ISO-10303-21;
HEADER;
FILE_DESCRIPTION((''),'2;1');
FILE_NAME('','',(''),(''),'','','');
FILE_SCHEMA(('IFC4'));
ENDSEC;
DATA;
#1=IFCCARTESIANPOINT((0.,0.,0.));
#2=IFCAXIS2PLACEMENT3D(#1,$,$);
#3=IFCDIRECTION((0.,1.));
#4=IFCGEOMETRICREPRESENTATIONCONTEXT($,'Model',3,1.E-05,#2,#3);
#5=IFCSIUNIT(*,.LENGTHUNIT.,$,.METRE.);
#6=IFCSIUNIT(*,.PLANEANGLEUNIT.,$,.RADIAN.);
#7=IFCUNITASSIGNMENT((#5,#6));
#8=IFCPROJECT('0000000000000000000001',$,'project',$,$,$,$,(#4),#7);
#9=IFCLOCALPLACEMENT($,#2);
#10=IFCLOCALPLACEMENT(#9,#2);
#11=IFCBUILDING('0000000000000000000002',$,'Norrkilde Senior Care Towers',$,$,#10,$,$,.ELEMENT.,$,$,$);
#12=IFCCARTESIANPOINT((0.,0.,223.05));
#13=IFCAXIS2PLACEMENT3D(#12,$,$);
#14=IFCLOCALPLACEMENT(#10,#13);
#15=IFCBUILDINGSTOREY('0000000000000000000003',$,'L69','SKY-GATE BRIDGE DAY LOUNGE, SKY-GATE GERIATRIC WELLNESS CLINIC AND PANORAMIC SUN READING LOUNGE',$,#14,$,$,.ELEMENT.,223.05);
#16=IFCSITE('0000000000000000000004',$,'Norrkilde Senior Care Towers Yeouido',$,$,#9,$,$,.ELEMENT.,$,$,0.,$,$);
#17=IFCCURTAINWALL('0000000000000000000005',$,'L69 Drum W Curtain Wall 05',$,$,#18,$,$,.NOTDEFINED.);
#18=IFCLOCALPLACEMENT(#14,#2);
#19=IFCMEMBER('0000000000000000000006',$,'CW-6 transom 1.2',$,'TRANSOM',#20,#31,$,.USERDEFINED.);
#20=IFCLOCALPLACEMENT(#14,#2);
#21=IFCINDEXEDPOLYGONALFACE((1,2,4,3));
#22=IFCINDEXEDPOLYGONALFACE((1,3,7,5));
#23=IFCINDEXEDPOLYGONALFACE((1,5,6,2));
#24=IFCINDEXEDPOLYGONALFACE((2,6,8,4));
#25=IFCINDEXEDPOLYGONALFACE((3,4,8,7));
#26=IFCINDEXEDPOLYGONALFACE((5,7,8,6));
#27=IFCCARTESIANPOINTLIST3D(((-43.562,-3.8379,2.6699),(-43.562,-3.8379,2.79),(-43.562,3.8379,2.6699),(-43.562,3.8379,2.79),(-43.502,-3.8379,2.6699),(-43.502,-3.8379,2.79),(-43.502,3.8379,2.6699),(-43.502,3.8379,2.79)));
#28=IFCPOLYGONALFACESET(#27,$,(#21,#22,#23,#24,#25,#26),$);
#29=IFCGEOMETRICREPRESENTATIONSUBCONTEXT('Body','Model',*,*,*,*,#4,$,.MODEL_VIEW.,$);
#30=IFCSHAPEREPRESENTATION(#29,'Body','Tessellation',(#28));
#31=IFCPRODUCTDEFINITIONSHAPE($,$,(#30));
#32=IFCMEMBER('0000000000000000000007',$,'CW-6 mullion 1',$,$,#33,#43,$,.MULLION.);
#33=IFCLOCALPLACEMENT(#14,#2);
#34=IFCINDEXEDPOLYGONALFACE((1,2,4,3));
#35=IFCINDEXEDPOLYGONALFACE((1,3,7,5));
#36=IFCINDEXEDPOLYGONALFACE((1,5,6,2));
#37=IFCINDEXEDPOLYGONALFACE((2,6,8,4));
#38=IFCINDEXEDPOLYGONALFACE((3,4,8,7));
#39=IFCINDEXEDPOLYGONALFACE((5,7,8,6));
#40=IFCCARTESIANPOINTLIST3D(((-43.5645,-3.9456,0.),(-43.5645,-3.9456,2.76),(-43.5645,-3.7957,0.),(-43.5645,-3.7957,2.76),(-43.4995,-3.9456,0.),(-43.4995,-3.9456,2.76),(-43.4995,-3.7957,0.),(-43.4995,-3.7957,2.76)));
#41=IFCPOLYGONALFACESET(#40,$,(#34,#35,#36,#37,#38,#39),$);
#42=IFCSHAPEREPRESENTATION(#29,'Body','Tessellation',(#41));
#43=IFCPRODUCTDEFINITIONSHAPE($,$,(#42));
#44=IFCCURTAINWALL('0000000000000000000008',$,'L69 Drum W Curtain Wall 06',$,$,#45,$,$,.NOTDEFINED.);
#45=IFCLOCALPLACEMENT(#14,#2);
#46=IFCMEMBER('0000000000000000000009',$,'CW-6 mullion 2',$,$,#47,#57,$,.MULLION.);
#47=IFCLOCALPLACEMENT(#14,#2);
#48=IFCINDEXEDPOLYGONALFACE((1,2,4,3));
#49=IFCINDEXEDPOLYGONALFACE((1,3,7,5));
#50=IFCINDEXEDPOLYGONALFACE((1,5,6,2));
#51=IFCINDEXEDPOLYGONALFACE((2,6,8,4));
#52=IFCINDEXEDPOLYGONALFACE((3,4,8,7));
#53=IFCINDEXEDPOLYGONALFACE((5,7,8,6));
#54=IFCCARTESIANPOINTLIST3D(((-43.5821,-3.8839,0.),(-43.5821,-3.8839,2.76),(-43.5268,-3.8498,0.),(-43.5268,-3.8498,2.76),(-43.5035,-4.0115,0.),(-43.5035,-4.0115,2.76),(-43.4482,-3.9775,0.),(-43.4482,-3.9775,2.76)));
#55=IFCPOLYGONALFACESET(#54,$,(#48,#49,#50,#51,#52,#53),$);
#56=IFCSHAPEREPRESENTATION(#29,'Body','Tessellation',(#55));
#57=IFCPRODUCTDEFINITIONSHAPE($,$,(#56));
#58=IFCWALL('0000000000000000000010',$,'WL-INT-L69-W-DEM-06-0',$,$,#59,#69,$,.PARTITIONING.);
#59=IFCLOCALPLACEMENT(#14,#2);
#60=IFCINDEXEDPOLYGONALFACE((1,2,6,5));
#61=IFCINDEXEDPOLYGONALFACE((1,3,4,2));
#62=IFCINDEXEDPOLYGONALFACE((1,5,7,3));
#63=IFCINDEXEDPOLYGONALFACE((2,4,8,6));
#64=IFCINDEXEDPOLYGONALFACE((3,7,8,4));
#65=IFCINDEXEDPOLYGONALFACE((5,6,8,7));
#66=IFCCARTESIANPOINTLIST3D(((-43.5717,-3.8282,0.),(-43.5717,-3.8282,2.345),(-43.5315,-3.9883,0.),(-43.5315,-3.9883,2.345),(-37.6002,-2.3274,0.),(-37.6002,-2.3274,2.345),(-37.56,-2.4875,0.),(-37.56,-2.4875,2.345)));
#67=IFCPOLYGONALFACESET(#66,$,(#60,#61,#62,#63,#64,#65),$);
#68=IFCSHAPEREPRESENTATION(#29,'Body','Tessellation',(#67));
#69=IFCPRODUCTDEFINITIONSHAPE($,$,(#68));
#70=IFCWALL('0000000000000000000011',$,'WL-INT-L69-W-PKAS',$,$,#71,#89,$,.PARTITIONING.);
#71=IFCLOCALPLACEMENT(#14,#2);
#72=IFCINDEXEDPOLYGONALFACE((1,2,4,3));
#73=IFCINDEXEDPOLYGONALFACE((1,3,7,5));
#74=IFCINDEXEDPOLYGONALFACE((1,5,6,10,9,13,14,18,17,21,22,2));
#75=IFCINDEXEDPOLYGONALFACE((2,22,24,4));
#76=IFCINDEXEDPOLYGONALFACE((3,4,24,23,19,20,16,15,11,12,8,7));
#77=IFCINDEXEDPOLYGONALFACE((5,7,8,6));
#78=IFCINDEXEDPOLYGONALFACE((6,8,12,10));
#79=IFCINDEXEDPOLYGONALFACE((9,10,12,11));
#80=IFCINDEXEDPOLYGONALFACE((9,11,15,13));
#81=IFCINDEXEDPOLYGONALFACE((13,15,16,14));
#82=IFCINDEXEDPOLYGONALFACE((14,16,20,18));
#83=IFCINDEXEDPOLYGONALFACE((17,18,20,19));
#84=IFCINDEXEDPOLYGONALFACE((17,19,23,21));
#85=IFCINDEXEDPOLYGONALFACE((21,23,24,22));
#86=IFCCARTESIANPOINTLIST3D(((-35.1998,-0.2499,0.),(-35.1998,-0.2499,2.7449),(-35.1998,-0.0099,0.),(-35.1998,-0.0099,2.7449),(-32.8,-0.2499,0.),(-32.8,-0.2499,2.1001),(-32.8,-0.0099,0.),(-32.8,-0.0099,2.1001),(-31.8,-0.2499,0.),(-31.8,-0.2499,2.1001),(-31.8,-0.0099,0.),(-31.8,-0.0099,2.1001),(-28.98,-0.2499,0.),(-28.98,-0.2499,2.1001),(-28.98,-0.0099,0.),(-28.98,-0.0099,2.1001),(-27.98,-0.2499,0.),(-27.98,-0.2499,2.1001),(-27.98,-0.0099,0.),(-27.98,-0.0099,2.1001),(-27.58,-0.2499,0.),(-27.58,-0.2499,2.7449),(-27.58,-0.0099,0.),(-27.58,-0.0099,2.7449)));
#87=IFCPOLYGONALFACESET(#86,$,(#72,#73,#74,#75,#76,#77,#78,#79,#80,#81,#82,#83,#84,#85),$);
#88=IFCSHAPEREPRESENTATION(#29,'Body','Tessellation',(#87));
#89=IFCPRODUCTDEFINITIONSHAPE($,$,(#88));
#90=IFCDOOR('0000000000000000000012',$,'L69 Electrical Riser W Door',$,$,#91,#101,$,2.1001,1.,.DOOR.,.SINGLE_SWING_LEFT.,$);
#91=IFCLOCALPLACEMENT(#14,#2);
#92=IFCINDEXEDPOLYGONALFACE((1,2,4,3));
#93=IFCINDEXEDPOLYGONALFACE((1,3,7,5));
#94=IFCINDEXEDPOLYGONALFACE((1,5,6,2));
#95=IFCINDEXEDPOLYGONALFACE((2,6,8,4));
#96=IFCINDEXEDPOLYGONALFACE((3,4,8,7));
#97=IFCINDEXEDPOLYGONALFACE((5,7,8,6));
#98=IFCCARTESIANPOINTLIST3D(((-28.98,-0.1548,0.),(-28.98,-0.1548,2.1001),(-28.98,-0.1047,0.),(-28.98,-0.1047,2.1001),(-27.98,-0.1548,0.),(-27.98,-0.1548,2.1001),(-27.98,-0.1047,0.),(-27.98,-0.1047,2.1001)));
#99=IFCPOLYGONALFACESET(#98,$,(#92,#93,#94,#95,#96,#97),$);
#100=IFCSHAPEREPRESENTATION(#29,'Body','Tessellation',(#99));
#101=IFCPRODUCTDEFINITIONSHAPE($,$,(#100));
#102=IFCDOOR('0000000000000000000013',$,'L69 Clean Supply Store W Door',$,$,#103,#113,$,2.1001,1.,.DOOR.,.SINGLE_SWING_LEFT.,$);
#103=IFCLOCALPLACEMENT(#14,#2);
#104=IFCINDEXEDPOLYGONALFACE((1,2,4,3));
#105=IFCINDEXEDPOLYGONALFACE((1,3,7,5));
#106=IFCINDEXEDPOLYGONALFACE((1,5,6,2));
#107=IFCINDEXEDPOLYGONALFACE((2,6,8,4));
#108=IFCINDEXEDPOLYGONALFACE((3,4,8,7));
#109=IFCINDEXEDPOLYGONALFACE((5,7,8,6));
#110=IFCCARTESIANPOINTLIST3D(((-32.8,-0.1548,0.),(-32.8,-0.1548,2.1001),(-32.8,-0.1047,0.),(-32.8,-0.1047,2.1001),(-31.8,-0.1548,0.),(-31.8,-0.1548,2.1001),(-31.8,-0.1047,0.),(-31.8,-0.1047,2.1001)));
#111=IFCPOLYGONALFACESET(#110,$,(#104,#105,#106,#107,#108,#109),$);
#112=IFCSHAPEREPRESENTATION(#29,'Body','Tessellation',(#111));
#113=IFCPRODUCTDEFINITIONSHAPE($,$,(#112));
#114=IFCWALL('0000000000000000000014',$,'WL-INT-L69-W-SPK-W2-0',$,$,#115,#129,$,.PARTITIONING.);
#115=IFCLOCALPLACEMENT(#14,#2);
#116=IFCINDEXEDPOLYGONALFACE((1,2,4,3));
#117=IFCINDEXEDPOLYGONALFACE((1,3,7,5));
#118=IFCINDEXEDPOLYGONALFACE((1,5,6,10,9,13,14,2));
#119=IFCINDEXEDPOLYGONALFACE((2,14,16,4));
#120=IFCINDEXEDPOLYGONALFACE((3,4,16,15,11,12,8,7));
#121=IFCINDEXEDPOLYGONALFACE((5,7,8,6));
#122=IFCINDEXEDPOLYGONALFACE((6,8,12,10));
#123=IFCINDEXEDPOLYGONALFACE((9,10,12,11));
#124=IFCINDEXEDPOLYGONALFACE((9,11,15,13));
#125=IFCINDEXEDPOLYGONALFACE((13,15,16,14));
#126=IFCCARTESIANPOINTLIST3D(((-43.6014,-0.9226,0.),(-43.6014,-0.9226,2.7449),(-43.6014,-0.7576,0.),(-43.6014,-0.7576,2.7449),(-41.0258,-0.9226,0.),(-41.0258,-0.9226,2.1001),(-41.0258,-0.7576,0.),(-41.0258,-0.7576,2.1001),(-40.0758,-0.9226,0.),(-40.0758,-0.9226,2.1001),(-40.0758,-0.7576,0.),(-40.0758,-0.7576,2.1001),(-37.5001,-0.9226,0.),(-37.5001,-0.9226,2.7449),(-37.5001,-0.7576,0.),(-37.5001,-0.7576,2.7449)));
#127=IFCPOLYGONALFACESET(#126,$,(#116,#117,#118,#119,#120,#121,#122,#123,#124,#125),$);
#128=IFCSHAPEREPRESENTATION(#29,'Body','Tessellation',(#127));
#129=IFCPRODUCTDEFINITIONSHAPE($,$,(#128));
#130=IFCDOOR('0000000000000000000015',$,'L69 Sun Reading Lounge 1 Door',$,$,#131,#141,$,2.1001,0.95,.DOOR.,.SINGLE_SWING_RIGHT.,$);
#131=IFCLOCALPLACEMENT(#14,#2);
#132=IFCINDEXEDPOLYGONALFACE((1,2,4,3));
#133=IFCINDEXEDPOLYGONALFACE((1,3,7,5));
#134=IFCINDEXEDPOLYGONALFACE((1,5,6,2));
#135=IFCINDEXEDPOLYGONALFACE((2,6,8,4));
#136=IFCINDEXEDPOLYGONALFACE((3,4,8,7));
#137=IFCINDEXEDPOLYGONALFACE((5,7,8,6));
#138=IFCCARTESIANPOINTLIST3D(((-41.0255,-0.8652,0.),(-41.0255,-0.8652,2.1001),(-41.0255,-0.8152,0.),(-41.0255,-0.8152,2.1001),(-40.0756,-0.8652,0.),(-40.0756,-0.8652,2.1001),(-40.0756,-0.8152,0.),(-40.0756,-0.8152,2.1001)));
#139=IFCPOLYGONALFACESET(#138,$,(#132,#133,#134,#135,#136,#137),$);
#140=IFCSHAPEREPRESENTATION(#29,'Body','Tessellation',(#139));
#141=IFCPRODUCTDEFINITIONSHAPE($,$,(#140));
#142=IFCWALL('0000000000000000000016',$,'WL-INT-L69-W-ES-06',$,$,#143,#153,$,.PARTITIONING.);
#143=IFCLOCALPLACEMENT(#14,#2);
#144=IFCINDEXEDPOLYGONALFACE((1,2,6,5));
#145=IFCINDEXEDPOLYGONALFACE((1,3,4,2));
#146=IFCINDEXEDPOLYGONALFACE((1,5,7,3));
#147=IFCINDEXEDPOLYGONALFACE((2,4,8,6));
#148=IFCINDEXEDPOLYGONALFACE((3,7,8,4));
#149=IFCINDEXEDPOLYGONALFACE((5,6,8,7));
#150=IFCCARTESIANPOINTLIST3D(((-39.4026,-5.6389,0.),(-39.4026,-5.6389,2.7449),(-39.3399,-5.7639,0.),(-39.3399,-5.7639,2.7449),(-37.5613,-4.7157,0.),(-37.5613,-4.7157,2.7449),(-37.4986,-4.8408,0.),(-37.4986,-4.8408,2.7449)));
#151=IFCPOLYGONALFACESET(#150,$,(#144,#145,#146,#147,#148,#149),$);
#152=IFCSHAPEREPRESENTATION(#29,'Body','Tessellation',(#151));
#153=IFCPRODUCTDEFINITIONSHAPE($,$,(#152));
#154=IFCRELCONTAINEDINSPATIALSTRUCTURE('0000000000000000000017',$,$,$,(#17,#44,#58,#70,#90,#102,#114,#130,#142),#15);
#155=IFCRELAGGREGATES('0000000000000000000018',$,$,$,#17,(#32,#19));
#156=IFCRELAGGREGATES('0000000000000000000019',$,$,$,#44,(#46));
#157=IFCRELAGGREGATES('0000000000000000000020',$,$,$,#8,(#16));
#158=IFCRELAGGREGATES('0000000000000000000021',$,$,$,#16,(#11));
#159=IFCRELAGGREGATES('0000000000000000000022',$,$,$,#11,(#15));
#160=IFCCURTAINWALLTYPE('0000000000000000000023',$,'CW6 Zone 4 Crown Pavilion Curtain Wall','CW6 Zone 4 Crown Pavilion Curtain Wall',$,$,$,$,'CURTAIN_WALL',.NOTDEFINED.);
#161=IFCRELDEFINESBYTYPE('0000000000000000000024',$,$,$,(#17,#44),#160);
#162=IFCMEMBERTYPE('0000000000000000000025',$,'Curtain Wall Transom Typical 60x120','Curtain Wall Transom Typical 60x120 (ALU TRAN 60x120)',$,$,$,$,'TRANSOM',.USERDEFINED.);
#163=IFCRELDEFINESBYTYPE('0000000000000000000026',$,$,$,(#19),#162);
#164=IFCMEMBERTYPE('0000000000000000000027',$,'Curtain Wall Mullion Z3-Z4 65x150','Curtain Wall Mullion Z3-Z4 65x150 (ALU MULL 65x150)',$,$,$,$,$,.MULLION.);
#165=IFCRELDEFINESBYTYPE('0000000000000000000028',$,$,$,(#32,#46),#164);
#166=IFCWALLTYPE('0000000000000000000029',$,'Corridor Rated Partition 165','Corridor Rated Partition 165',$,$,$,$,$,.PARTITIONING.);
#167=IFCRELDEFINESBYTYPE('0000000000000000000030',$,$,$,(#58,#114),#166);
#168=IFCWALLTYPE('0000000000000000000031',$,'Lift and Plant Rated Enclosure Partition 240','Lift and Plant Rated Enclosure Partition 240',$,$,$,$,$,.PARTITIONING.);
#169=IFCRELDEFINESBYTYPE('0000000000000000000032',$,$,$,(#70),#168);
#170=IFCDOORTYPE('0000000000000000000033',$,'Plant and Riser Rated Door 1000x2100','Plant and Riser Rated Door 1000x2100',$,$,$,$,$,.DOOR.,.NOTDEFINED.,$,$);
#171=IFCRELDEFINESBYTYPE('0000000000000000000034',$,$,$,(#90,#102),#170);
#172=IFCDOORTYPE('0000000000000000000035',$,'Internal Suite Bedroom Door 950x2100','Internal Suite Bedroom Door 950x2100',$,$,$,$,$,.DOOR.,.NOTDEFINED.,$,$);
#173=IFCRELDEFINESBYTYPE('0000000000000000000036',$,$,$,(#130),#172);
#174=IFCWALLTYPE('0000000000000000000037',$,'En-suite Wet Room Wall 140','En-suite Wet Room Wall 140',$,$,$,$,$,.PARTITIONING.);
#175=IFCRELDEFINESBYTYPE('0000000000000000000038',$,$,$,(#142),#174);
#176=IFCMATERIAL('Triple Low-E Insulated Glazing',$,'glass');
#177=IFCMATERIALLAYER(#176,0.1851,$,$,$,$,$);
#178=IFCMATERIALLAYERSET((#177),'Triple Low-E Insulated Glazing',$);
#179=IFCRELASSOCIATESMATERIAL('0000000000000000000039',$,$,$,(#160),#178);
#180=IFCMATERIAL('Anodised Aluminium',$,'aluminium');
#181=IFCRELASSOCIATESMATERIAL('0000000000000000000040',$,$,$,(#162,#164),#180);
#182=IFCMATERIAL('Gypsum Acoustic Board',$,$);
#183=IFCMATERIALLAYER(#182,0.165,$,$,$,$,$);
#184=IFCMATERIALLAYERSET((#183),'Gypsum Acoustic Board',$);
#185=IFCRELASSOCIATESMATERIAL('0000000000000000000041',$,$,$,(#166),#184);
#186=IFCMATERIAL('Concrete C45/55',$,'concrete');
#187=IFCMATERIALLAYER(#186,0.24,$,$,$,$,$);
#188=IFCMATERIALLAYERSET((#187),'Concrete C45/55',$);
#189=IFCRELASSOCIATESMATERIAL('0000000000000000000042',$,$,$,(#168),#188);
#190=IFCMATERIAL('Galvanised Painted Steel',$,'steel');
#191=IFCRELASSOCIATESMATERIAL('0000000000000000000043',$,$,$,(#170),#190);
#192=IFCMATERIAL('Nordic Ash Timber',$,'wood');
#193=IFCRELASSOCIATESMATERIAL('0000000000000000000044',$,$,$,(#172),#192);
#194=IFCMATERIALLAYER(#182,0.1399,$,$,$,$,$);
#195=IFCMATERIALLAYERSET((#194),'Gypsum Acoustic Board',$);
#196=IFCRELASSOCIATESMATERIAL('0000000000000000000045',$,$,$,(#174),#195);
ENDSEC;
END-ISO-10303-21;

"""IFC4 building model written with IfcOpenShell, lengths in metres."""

from ifc_helpers import new_model, si_unit, direction, frame, frame_2d, origin, origin_2d, place, context, subcontext, project, spatial, rectangle, extrude, source, transform, mapped, material, layer, layer_set, material_profile, profile_set, type_object, type_shapes, element, fill, aggregate, save


model = new_model("IFC4")

# Units and contexts
model_context = context("Model", 3, precision=1e-05, world=origin(), true_north=direction((0.0, 1.0)))
body_context = subcontext(model_context, "Body", "Model", "MODEL_VIEW")
ifc_project = project(units=[si_unit("LENGTHUNIT", "METRE"), si_unit("PLANEANGLEUNIT", "RADIAN")], contexts=[model_context])

# Site, building, storey
site_placement = place(None, origin())
site = spatial("IfcSite", under=ifc_project, at=site_placement, Name="Norrkilde Senior Care Towers Yeouido", CompositionType="ELEMENT", RefElevation=0.0)
building_placement = place(site_placement, origin())
building = spatial("IfcBuilding", under=site, at=building_placement, Name="Norrkilde Senior Care Towers", CompositionType="ELEMENT")
storey_placement = place(building_placement, frame((0.0, 0.0, 223.05)))
storey = spatial("IfcBuildingStorey", under=building, at=storey_placement, Name="L69", Description="SKY-GATE BRIDGE DAY LOUNGE, SKY-GATE GERIATRIC WELLNESS CLINIC AND PANORAMIC SUN READING LOUNGE", CompositionType="ELEMENT", Elevation=223.05)

# Curtain wall, members
ifc_material_1 = material(Name="Triple Low-E Insulated Glazing", Category="glass")
ifc_layer_1 = layer(ifc_material_1, 0.1851)
ifc_layer_set_1 = layer_set([ifc_layer_1], Name="Triple Low-E Insulated Glazing")
curtain_wall_type = type_object("IfcCurtainWallType", Name="CW6 Zone 4 Crown Pavilion Curtain Wall", Description="CW6 Zone 4 Crown Pavilion Curtain Wall", ElementType="CURTAIN_WALL", PredefinedType="NOTDEFINED", material=ifc_layer_set_1)
curtain_wall_1_placement = place(storey_placement, origin())
curtain_wall_1 = element("IfcCurtainWall", 1, at=curtain_wall_1_placement, inside=storey, type_object=curtain_wall_type, Name="L69 Drum W Curtain Wall 05", PredefinedType="NOTDEFINED")
ifc_material_2 = material(Name="Anodised Aluminium", Category="aluminium")
ifc_material_profile_1 = material_profile(ifc_material_2, rectangle(XDim=0.0601, YDim=0.1201, at=origin_2d()), Name="ALU TRAN 60x120")
ifc_profile_set_1 = profile_set([ifc_material_profile_1], Name="Anodised Aluminium")
member_type_1 = type_object("IfcMemberType", Name="Curtain Wall Transom Typical 60x120", Description="Curtain Wall Transom Typical 60x120 (ALU TRAN 60x120)", ElementType="TRANSOM", PredefinedType="USERDEFINED", material=ifc_profile_set_1)
shared_shape_1 = source(origin(), body_context, "Body", "SweptSolid", [
    extrude(rectangle(XDim=0.0601, YDim=0.1201, at=origin_2d()), origin(), (0.0, 0.0, 1.0), 7.6758),
])
type_shapes(member_type_1, [shared_shape_1])
member_1_placement = place(storey_placement, frame((-43.532, -3.8379, 2.73), z_axis=(0.0, 1.0, 0.0), x_axis=(-1.0, 0.0, 0.0)))
member_1 = element("IfcMember", 2, at=member_1_placement, type_object=member_type_1, Name="CW-6 transom 1.2", ObjectType="TRANSOM", PredefinedType="USERDEFINED", context=body_context, shape_type="MappedRepresentation", body=[
    mapped(shared_shape_1, transform((0.0, 0.0, 0.0), x_axis=(1.0, 0.0, 0.0), y_axis=(0.0, 1.0, 0.0), z_axis=(0.0, 0.0, 1.0), scale=1.0)),
])
ifc_material_profile_2 = material_profile(ifc_material_2, rectangle(XDim=0.0649, YDim=0.1499, at=origin_2d()), Name="ALU MULL 65x150")
ifc_profile_set_2 = profile_set([ifc_material_profile_2], Name="Anodised Aluminium")
member_type_2 = type_object("IfcMemberType", Name="Curtain Wall Mullion Z3-Z4 65x150", Description="Curtain Wall Mullion Z3-Z4 65x150 (ALU MULL 65x150)", PredefinedType="MULLION", material=ifc_profile_set_2)
shared_shape_2 = source(origin(), body_context, "Body", "SweptSolid", [
    extrude(rectangle(XDim=0.0649, YDim=0.1499, at=origin_2d()), origin(), (0.0, 0.0, 1.0), 2.76),
])
type_shapes(member_type_2, [shared_shape_2])
member_2_placement = place(storey_placement, frame((-43.532, -3.8706, 0.0), z_axis=(0.0, 0.0, 1.0), x_axis=(-1.0, 0.0, 0.0)))
member_2 = element("IfcMember", 3, at=member_2_placement, type_object=member_type_2, Name="CW-6 mullion 1", PredefinedType="MULLION", context=body_context, shape_type="MappedRepresentation", body=[
    mapped(shared_shape_2, transform((0.0, 0.0, 0.0), x_axis=(1.0, 0.0, 0.0), y_axis=(0.0, 1.0, 0.0), z_axis=(0.0, 0.0, 1.0), scale=1.0)),
])
aggregate(curtain_wall_1, [member_2, member_1])

# Curtain wall, member
curtain_wall_2_placement = place(storey_placement, origin())
curtain_wall_2 = element("IfcCurtainWall", 4, at=curtain_wall_2_placement, inside=storey, type_object=curtain_wall_type, Name="L69 Drum W Curtain Wall 06", PredefinedType="NOTDEFINED")
member_3_placement = place(storey_placement, frame((-43.5151, -3.9307, 0.0), z_axis=(0.0, 0.0, 1.0), x_axis=(-0.851563, -0.524253, 0.0)))
member_3 = element("IfcMember", 5, at=member_3_placement, type_object=member_type_2, Name="CW-6 mullion 2", PredefinedType="MULLION", context=body_context, shape_type="MappedRepresentation", body=[
    mapped(shared_shape_2, transform((0.0, 0.0, 0.0), x_axis=(1.0, 0.0, 0.0), y_axis=(0.0, 1.0, 0.0), z_axis=(0.0, 0.0, 1.0), scale=1.0)),
])
aggregate(curtain_wall_2, [member_3])

# Shared definitions
ifc_material_3 = material(Name="Galvanised Painted Steel", Category="steel")
ifc_material_4 = material(Name="Concrete C45/55", Category="concrete")

# Wall
ifc_material_5 = material(Name="Gypsum Acoustic Board")
ifc_layer_2 = layer(ifc_material_5, 0.165)
ifc_layer_set_2 = layer_set([ifc_layer_2], Name="Gypsum Acoustic Board")
wall_type_1 = type_object("IfcWallType", Name="Corridor Rated Partition 165", Description="Corridor Rated Partition 165", PredefinedType="PARTITIONING", material=ifc_layer_set_2)
shared_shape_3 = source(origin(), body_context, "Body", "SweptSolid", [
    extrude(rectangle(XDim=6.1572, YDim=0.165, at=frame_2d((3.0786, 0.0))), origin(), (0.0, 0.0, 1.0), 2.345),
])
wall_1_placement = place(storey_placement, frame((-37.5801, -2.4075, 0.0), z_axis=(0.0, 0.0, 1.0), x_axis=(-0.969841, -0.243739, 0.0)))
element("IfcWall", 6, at=wall_1_placement, inside=storey, type_object=wall_type_1, Name="WL-INT-L69-W-DEM-06-0", PredefinedType="PARTITIONING", context=body_context, shape_type="MappedRepresentation", body=[
    mapped(shared_shape_3, transform((0.0, 0.0, 0.0), x_axis=(1.0, 0.0, 0.0), y_axis=(0.0, 1.0, 0.0), z_axis=(0.0, 0.0, 1.0), scale=1.0)),
])

# Wall, openings, doors
ifc_layer_3 = layer(ifc_material_4, 0.24)
ifc_layer_set_3 = layer_set([ifc_layer_3], Name="Concrete C45/55")
wall_type_2 = type_object("IfcWallType", Name="Lift and Plant Rated Enclosure Partition 240", Description="Lift and Plant Rated Enclosure Partition 240", PredefinedType="PARTITIONING", material=ifc_layer_set_3)
shared_shape_4 = source(origin(), body_context, "Body", "SweptSolid", [
    extrude(rectangle(XDim=7.6199, YDim=0.24, at=frame_2d((3.8101, 0.0))), origin(), (0.0, 0.0, 1.0), 2.7449),
])
type_shapes(wall_type_2, [shared_shape_4])
wall_2_placement = place(storey_placement, frame((-35.2, -0.1299, 0.0), z_axis=(0.0, 0.0, 1.0), x_axis=(1.0, 0.0, 0.0)))
wall_2 = element("IfcWall", 7, at=wall_2_placement, inside=storey, type_object=wall_type_2, Name="WL-INT-L69-W-PKAS", PredefinedType="PARTITIONING", context=body_context, shape_type="MappedRepresentation", body=[
    mapped(shared_shape_4, transform((0.0, 0.0, 0.0), x_axis=(1.0, 0.0, 0.0), y_axis=(0.0, 1.0, 0.0), z_axis=(0.0, 0.0, 1.0), scale=1.0)),
])
opening_1_placement = place(wall_2_placement, frame((6.22, 0.0, 0.0)))
opening_1 = element("IfcOpeningElement", 8, at=opening_1_placement, cuts=wall_2, PredefinedType="OPENING", context=body_context, shape_type="SweptSolid", body=[
    extrude(rectangle(XDim=1.0, YDim=2.1001, at=frame_2d((0.5, 1.05))), frame((0.0, 0.1299, 0.0), z_axis=(0.0, -1.0, 0.0), x_axis=(1.0, 0.0, 0.0)), (0.0, 0.0, 1.0), 0.26),
])
opening_2_placement = place(wall_2_placement, frame((2.3999, 0.0, 0.0)))
opening_2 = element("IfcOpeningElement", 9, at=opening_2_placement, cuts=wall_2, PredefinedType="OPENING", context=body_context, shape_type="SweptSolid", body=[
    extrude(rectangle(XDim=1.0, YDim=2.1001, at=frame_2d((0.5, 1.05))), frame((0.0, 0.1299, 0.0), z_axis=(0.0, -1.0, 0.0), x_axis=(1.0, 0.0, 0.0)), (0.0, 0.0, 1.0), 0.26),
])
door_type_1 = type_object("IfcDoorType", Name="Plant and Riser Rated Door 1000x2100", Description="Plant and Riser Rated Door 1000x2100", OperationType="NOTDEFINED", PredefinedType="DOOR", material=ifc_material_3)
shared_shape_5 = source(origin(), body_context, "Body", "SweptSolid", [
    extrude(rectangle(XDim=1.0, YDim=2.1001, at=frame_2d((0.5, 1.05))), frame((0.0, 0.0249, 0.0), z_axis=(0.0, -1.0, 0.0), x_axis=(1.0, 0.0, 0.0)), (0.0, 0.0, 1.0), 0.05),
])
type_shapes(door_type_1, [shared_shape_5])
door_1_placement = place(opening_1_placement, frame((1.0, 0.0, 0.0), z_axis=(0.0, 0.0, 1.0), x_axis=(-1.0, 0.0, 0.0)))
door_1 = element("IfcDoor", 10, at=door_1_placement, inside=storey, type_object=door_type_1, Name="L69 Electrical Riser W Door", OperationType="SINGLE_SWING_LEFT", OverallHeight=2.1001, OverallWidth=1.0, PredefinedType="DOOR", context=body_context, shape_type="MappedRepresentation", body=[
    mapped(shared_shape_5, transform((0.0, 0.0, 0.0), x_axis=(1.0, 0.0, 0.0), y_axis=(0.0, 1.0, 0.0), z_axis=(0.0, 0.0, 1.0), scale=1.0)),
])
fill(opening_1, door_1)
door_2_placement = place(opening_2_placement, frame((1.0, 0.0, 0.0), z_axis=(0.0, 0.0, 1.0), x_axis=(-1.0, 0.0, 0.0)))
door_2 = element("IfcDoor", 11, at=door_2_placement, inside=storey, type_object=door_type_1, Name="L69 Clean Supply Store W Door", OperationType="SINGLE_SWING_LEFT", OverallHeight=2.1001, OverallWidth=1.0, PredefinedType="DOOR", context=body_context, shape_type="MappedRepresentation", body=[
    mapped(shared_shape_5, transform((0.0, 0.0, 0.0), x_axis=(1.0, 0.0, 0.0), y_axis=(0.0, 1.0, 0.0), z_axis=(0.0, 0.0, 1.0), scale=1.0)),
])
fill(opening_2, door_2)

# Wall, opening, door
shared_shape_6 = source(origin(), body_context, "Body", "SweptSolid", [
    extrude(rectangle(XDim=6.1013, YDim=0.165, at=frame_2d((3.0508, 0.0))), origin(), (0.0, 0.0, 1.0), 2.7449),
])
type_shapes(wall_type_1, [shared_shape_3, shared_shape_6])
wall_3_placement = place(storey_placement, frame((-37.5, -0.8401, 0.0), z_axis=(0.0, 0.0, 1.0), x_axis=(-1.0, 0.0, 0.0)))
wall_3 = element("IfcWall", 12, at=wall_3_placement, inside=storey, type_object=wall_type_1, Name="WL-INT-L69-W-SPK-W2-0", PredefinedType="PARTITIONING", context=body_context, shape_type="MappedRepresentation", body=[
    mapped(shared_shape_6, transform((0.0, 0.0, 0.0), x_axis=(1.0, 0.0, 0.0), y_axis=(0.0, 1.0, 0.0), z_axis=(0.0, 0.0, 1.0), scale=1.0)),
])
opening_3_placement = place(wall_3_placement, frame((2.5757, 0.0, 0.0)))
opening_3 = element("IfcOpeningElement", 13, at=opening_3_placement, cuts=wall_3, PredefinedType="OPENING", context=body_context, shape_type="SweptSolid", body=[
    extrude(rectangle(XDim=0.95, YDim=2.1001, at=frame_2d((0.4751, 1.05))), frame((0.0, 0.0925, 0.0), z_axis=(0.0, -1.0, 0.0), x_axis=(1.0, 0.0, 0.0)), (0.0, 0.0, 1.0), 0.1851),
])
ifc_material_6 = material(Name="Nordic Ash Timber", Category="wood")
door_type_2 = type_object("IfcDoorType", Name="Internal Suite Bedroom Door 950x2100", Description="Internal Suite Bedroom Door 950x2100", OperationType="NOTDEFINED", PredefinedType="DOOR", material=ifc_material_6)
shared_shape_7 = source(origin(), body_context, "Body", "SweptSolid", [
    extrude(rectangle(XDim=0.95, YDim=2.1001, at=frame_2d((0.4751, 1.05))), frame((0.0, 0.0249, 0.0), z_axis=(0.0, -1.0, 0.0), x_axis=(1.0, 0.0, 0.0)), (0.0, 0.0, 1.0), 0.05),
])
type_shapes(door_type_2, [shared_shape_7])
door_3_placement = place(opening_3_placement, frame((0.95, 0.0, 0.0), z_axis=(0.0, 0.0, 1.0), x_axis=(-1.0, 0.0, 0.0)))
door_3 = element("IfcDoor", 14, at=door_3_placement, inside=storey, type_object=door_type_2, Name="L69 Sun Reading Lounge 1 Door", OperationType="SINGLE_SWING_RIGHT", OverallHeight=2.1001, OverallWidth=0.95, PredefinedType="DOOR", context=body_context, shape_type="MappedRepresentation", body=[
    mapped(shared_shape_7, transform((0.0, 0.0, 0.0), x_axis=(1.0, 0.0, 0.0), y_axis=(0.0, 1.0, 0.0), z_axis=(0.0, 0.0, 1.0), scale=1.0)),
])
fill(opening_3, door_3)

# Wall
ifc_layer_4 = layer(ifc_material_5, 0.1399)
ifc_layer_set_4 = layer_set([ifc_layer_4], Name="Gypsum Acoustic Board")
wall_type_3 = type_object("IfcWallType", Name="En-suite Wet Room Wall 140", Description="En-suite Wet Room Wall 140", PredefinedType="PARTITIONING", material=ifc_layer_set_4)
shared_shape_8 = source(origin(), body_context, "Body", "SweptSolid", [
    extrude(rectangle(XDim=2.0598, YDim=0.1399, at=frame_2d((1.0298, 0.0))), origin(), (0.0, 0.0, 1.0), 2.7449),
])
type_shapes(wall_type_3, [shared_shape_8])
wall_4_placement = place(storey_placement, frame((-37.53, -4.7783, 0.0), z_axis=(0.0, 0.0, 1.0), x_axis=(-0.893953, -0.448162, 0.0)))
element("IfcWall", 15, at=wall_4_placement, inside=storey, type_object=wall_type_3, Name="WL-INT-L69-W-ES-06", PredefinedType="PARTITIONING", context=body_context, shape_type="MappedRepresentation", body=[
    mapped(shared_shape_8, transform((0.0, 0.0, 0.0), x_axis=(1.0, 0.0, 0.0), y_axis=(0.0, 1.0, 0.0), z_axis=(0.0, 0.0, 1.0), scale=1.0)),
])

save(model, "model.ifc")
